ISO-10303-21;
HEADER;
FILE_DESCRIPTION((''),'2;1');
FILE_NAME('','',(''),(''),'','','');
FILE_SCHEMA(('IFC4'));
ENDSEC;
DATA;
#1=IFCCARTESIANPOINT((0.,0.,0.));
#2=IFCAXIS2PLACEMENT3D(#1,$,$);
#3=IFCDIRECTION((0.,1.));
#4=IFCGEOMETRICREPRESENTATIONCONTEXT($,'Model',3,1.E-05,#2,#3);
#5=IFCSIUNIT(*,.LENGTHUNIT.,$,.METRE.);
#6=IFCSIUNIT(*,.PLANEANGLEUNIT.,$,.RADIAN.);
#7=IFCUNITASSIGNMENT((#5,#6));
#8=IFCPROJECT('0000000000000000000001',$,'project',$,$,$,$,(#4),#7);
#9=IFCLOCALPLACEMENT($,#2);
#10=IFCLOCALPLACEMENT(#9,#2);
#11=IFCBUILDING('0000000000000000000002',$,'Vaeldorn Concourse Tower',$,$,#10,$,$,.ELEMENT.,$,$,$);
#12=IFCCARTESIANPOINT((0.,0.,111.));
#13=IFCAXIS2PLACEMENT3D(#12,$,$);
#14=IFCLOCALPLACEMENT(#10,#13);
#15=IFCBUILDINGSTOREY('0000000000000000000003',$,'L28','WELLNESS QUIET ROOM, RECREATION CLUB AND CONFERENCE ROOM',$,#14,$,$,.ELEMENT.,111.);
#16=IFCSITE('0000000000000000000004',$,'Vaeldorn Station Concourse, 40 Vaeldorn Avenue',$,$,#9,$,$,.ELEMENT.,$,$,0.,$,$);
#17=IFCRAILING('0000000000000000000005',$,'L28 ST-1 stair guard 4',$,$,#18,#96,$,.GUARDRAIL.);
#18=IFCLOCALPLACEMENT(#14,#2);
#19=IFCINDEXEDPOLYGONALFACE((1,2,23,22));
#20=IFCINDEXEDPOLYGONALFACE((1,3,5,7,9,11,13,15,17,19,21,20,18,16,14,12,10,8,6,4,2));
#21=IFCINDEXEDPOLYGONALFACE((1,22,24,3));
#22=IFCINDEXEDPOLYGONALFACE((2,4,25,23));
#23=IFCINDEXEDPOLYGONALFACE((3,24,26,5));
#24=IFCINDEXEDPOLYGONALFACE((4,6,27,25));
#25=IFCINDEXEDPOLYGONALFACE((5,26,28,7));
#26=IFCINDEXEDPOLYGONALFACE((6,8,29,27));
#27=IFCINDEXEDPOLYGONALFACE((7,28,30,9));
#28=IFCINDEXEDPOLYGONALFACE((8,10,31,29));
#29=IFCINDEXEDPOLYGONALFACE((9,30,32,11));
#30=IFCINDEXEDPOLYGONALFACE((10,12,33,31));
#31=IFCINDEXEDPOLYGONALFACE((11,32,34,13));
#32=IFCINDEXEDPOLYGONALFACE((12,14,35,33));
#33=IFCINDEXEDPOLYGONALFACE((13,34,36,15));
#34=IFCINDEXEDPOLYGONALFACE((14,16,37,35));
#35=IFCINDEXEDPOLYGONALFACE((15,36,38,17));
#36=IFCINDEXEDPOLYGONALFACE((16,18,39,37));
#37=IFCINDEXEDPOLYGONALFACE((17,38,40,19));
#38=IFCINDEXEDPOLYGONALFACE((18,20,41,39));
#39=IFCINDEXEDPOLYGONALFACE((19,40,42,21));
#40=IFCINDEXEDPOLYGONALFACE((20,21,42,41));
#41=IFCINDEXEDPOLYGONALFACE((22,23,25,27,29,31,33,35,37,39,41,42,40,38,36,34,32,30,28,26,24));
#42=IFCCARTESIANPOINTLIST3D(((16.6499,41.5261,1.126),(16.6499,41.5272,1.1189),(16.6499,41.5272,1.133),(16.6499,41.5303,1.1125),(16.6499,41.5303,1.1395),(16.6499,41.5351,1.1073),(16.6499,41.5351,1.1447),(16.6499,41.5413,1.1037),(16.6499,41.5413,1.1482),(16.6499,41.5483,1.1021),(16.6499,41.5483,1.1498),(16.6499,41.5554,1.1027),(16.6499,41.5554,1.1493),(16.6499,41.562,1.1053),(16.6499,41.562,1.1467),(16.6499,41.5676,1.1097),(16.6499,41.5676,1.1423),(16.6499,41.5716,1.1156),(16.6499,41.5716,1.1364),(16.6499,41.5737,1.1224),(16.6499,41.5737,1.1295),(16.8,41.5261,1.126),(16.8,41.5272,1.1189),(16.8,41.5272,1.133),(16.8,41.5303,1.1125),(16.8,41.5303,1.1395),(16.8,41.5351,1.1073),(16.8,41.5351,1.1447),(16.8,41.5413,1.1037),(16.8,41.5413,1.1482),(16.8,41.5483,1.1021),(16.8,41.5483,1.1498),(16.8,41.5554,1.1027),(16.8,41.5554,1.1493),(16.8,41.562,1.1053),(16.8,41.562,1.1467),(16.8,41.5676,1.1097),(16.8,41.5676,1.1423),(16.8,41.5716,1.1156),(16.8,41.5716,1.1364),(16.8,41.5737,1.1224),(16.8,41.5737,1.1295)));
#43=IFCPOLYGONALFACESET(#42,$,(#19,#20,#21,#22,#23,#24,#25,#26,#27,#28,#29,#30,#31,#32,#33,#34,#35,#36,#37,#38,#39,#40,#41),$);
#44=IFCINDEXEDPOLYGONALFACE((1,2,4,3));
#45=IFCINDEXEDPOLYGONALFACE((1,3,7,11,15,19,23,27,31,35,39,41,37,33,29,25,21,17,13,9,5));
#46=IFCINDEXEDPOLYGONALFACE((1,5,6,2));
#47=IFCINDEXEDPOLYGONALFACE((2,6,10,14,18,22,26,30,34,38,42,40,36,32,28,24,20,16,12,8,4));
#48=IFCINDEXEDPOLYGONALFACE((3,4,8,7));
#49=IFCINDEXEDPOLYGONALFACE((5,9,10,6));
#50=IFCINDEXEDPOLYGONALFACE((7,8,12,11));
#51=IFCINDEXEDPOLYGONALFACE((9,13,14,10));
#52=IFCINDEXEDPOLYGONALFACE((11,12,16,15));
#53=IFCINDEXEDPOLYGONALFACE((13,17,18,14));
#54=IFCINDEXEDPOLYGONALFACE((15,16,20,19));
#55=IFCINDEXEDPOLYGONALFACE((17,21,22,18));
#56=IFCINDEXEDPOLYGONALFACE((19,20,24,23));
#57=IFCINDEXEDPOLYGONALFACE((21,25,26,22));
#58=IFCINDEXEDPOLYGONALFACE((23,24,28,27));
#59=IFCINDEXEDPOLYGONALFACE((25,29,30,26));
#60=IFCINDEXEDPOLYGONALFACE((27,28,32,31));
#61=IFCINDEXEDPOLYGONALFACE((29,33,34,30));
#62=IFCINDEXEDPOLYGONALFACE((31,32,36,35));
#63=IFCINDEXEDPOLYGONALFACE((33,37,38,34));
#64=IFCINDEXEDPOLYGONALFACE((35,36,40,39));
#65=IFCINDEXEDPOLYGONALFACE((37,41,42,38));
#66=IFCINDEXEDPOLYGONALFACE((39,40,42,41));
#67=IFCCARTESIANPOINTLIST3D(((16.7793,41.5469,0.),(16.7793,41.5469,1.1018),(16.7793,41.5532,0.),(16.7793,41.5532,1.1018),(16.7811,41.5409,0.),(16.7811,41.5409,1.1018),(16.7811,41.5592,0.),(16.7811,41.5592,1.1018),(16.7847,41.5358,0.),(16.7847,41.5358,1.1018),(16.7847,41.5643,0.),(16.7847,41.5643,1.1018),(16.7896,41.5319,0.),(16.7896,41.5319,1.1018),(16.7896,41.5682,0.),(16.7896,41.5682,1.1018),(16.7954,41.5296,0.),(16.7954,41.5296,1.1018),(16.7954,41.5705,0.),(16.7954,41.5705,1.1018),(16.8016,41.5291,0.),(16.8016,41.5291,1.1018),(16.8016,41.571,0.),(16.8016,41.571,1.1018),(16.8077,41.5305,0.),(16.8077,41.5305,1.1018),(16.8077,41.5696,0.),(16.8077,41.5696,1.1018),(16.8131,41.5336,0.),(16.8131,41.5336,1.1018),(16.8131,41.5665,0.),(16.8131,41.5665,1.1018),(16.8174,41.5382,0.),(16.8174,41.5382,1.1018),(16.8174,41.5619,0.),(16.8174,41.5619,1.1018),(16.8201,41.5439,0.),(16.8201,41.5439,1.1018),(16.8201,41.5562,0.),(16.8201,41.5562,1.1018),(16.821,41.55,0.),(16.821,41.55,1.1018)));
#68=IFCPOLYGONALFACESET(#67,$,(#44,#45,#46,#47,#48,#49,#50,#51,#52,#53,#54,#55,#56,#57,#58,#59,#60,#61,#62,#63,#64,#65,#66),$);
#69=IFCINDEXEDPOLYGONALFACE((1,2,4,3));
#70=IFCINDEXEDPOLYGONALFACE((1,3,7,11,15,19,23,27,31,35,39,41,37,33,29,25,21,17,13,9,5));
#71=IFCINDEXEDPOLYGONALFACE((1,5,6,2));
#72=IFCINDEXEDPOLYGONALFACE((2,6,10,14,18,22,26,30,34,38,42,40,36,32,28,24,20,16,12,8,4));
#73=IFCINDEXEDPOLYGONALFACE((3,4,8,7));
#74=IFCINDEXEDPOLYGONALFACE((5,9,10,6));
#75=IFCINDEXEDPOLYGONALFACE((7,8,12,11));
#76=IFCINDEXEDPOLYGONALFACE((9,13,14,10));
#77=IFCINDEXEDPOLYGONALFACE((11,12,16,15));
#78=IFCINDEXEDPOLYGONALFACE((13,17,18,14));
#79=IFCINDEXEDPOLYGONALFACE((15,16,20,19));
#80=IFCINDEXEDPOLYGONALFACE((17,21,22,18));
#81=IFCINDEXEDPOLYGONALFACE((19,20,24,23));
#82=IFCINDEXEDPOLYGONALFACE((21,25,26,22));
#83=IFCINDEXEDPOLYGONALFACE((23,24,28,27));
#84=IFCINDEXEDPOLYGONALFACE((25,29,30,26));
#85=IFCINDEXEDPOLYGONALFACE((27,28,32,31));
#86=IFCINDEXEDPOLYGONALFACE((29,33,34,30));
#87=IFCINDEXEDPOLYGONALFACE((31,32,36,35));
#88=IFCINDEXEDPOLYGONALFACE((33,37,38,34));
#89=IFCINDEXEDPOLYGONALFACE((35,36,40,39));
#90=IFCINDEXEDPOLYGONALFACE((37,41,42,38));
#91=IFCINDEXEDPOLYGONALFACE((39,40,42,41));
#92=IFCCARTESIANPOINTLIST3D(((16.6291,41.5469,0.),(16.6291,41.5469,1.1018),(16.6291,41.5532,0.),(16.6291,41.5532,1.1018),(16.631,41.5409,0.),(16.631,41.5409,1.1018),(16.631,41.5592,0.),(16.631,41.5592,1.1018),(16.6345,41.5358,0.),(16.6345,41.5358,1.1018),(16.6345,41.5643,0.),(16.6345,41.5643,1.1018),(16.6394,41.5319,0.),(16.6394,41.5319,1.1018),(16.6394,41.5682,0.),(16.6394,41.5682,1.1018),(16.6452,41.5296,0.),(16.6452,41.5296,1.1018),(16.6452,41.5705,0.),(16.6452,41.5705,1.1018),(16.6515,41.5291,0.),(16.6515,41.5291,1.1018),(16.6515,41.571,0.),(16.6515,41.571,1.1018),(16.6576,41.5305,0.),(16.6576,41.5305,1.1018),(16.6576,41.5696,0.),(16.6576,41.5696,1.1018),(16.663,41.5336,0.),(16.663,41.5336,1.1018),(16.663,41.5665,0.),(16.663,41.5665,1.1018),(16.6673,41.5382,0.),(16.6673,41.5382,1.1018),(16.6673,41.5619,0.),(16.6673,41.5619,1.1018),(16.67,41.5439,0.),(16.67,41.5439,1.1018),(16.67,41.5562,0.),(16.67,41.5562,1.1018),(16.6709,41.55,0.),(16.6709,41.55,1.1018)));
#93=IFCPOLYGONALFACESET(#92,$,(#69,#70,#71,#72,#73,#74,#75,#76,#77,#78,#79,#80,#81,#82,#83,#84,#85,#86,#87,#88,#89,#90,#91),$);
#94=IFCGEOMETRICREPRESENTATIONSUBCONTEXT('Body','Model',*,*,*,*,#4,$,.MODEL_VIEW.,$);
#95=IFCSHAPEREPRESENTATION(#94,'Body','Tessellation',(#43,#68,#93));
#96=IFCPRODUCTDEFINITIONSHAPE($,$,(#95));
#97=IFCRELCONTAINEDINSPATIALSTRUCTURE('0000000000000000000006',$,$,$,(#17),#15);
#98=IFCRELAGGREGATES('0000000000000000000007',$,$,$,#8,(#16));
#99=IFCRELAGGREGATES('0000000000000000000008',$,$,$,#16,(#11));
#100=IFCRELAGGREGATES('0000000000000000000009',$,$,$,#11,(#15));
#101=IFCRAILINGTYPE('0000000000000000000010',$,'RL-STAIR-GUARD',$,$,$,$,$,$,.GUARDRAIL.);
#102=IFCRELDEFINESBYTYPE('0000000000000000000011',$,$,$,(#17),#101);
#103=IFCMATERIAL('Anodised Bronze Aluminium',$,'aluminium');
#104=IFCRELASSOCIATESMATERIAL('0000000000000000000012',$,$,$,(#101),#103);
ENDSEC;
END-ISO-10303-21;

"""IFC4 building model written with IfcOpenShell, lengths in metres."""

from ifc_helpers import new_model, si_unit, direction, frame, origin, origin_2d, place, context, subcontext, project, spatial, circle, extrude, material, type_object, element, save


model = new_model("IFC4")

# Units and contexts
model_context = context("Model", 3, precision=1e-05, world=origin(), true_north=direction((0.0, 1.0)))
body_context = subcontext(model_context, "Body", "Model", "MODEL_VIEW")
ifc_project = project(units=[si_unit("LENGTHUNIT", "METRE"), si_unit("PLANEANGLEUNIT", "RADIAN")], contexts=[model_context])

# Site, building, storey
site_placement = place(None, origin())
site = spatial("IfcSite", under=ifc_project, at=site_placement, Name="Vaeldorn Station Concourse, 40 Vaeldorn Avenue", CompositionType="ELEMENT", RefElevation=0.0)
building_placement = place(site_placement, origin())
building = spatial("IfcBuilding", under=site, at=building_placement, Name="Vaeldorn Concourse Tower", CompositionType="ELEMENT")
storey_placement = place(building_placement, frame((0.0, 0.0, 111.0)))
storey = spatial("IfcBuildingStorey", under=building, at=storey_placement, Name="L28", Description="WELLNESS QUIET ROOM, RECREATION CLUB AND CONFERENCE ROOM", CompositionType="ELEMENT", Elevation=111.0)

# Shared definitions
ifc_material_1 = material(Name="Anodised Bronze Aluminium", Category="aluminium")

# Railing
railing_type_1 = type_object("IfcRailingType", Name="RL-STAIR-GUARD", PredefinedType="GUARDRAIL", material=ifc_material_1)
railing_1_placement = place(storey_placement, frame((16.8, 41.55, 0.0)))
element("IfcRailing", 1, at=railing_1_placement, inside=storey, type_object=railing_type_1, Name="L28 ST-1 stair guard 4", PredefinedType="GUARDRAIL", context=body_context, shape_type="SweptSolid", body=[
    extrude(circle(Radius=0.0239, at=origin_2d()), frame((0.0, 0.0, 1.126), z_axis=(-1.0, 0.0, 0.0), x_axis=(0.0, -1.0, 0.0)), (0.0, 0.0, 1.0), 0.1501),
    extrude(circle(Radius=0.021, at=origin_2d()), origin(), (0.0, 0.0, 1.0), 1.1018),
    extrude(circle(Radius=0.021, at=origin_2d()), frame((-0.1501, 0.0, 0.0)), (0.0, 0.0, 1.0), 1.1018),
])

save(model, "model.ifc")
